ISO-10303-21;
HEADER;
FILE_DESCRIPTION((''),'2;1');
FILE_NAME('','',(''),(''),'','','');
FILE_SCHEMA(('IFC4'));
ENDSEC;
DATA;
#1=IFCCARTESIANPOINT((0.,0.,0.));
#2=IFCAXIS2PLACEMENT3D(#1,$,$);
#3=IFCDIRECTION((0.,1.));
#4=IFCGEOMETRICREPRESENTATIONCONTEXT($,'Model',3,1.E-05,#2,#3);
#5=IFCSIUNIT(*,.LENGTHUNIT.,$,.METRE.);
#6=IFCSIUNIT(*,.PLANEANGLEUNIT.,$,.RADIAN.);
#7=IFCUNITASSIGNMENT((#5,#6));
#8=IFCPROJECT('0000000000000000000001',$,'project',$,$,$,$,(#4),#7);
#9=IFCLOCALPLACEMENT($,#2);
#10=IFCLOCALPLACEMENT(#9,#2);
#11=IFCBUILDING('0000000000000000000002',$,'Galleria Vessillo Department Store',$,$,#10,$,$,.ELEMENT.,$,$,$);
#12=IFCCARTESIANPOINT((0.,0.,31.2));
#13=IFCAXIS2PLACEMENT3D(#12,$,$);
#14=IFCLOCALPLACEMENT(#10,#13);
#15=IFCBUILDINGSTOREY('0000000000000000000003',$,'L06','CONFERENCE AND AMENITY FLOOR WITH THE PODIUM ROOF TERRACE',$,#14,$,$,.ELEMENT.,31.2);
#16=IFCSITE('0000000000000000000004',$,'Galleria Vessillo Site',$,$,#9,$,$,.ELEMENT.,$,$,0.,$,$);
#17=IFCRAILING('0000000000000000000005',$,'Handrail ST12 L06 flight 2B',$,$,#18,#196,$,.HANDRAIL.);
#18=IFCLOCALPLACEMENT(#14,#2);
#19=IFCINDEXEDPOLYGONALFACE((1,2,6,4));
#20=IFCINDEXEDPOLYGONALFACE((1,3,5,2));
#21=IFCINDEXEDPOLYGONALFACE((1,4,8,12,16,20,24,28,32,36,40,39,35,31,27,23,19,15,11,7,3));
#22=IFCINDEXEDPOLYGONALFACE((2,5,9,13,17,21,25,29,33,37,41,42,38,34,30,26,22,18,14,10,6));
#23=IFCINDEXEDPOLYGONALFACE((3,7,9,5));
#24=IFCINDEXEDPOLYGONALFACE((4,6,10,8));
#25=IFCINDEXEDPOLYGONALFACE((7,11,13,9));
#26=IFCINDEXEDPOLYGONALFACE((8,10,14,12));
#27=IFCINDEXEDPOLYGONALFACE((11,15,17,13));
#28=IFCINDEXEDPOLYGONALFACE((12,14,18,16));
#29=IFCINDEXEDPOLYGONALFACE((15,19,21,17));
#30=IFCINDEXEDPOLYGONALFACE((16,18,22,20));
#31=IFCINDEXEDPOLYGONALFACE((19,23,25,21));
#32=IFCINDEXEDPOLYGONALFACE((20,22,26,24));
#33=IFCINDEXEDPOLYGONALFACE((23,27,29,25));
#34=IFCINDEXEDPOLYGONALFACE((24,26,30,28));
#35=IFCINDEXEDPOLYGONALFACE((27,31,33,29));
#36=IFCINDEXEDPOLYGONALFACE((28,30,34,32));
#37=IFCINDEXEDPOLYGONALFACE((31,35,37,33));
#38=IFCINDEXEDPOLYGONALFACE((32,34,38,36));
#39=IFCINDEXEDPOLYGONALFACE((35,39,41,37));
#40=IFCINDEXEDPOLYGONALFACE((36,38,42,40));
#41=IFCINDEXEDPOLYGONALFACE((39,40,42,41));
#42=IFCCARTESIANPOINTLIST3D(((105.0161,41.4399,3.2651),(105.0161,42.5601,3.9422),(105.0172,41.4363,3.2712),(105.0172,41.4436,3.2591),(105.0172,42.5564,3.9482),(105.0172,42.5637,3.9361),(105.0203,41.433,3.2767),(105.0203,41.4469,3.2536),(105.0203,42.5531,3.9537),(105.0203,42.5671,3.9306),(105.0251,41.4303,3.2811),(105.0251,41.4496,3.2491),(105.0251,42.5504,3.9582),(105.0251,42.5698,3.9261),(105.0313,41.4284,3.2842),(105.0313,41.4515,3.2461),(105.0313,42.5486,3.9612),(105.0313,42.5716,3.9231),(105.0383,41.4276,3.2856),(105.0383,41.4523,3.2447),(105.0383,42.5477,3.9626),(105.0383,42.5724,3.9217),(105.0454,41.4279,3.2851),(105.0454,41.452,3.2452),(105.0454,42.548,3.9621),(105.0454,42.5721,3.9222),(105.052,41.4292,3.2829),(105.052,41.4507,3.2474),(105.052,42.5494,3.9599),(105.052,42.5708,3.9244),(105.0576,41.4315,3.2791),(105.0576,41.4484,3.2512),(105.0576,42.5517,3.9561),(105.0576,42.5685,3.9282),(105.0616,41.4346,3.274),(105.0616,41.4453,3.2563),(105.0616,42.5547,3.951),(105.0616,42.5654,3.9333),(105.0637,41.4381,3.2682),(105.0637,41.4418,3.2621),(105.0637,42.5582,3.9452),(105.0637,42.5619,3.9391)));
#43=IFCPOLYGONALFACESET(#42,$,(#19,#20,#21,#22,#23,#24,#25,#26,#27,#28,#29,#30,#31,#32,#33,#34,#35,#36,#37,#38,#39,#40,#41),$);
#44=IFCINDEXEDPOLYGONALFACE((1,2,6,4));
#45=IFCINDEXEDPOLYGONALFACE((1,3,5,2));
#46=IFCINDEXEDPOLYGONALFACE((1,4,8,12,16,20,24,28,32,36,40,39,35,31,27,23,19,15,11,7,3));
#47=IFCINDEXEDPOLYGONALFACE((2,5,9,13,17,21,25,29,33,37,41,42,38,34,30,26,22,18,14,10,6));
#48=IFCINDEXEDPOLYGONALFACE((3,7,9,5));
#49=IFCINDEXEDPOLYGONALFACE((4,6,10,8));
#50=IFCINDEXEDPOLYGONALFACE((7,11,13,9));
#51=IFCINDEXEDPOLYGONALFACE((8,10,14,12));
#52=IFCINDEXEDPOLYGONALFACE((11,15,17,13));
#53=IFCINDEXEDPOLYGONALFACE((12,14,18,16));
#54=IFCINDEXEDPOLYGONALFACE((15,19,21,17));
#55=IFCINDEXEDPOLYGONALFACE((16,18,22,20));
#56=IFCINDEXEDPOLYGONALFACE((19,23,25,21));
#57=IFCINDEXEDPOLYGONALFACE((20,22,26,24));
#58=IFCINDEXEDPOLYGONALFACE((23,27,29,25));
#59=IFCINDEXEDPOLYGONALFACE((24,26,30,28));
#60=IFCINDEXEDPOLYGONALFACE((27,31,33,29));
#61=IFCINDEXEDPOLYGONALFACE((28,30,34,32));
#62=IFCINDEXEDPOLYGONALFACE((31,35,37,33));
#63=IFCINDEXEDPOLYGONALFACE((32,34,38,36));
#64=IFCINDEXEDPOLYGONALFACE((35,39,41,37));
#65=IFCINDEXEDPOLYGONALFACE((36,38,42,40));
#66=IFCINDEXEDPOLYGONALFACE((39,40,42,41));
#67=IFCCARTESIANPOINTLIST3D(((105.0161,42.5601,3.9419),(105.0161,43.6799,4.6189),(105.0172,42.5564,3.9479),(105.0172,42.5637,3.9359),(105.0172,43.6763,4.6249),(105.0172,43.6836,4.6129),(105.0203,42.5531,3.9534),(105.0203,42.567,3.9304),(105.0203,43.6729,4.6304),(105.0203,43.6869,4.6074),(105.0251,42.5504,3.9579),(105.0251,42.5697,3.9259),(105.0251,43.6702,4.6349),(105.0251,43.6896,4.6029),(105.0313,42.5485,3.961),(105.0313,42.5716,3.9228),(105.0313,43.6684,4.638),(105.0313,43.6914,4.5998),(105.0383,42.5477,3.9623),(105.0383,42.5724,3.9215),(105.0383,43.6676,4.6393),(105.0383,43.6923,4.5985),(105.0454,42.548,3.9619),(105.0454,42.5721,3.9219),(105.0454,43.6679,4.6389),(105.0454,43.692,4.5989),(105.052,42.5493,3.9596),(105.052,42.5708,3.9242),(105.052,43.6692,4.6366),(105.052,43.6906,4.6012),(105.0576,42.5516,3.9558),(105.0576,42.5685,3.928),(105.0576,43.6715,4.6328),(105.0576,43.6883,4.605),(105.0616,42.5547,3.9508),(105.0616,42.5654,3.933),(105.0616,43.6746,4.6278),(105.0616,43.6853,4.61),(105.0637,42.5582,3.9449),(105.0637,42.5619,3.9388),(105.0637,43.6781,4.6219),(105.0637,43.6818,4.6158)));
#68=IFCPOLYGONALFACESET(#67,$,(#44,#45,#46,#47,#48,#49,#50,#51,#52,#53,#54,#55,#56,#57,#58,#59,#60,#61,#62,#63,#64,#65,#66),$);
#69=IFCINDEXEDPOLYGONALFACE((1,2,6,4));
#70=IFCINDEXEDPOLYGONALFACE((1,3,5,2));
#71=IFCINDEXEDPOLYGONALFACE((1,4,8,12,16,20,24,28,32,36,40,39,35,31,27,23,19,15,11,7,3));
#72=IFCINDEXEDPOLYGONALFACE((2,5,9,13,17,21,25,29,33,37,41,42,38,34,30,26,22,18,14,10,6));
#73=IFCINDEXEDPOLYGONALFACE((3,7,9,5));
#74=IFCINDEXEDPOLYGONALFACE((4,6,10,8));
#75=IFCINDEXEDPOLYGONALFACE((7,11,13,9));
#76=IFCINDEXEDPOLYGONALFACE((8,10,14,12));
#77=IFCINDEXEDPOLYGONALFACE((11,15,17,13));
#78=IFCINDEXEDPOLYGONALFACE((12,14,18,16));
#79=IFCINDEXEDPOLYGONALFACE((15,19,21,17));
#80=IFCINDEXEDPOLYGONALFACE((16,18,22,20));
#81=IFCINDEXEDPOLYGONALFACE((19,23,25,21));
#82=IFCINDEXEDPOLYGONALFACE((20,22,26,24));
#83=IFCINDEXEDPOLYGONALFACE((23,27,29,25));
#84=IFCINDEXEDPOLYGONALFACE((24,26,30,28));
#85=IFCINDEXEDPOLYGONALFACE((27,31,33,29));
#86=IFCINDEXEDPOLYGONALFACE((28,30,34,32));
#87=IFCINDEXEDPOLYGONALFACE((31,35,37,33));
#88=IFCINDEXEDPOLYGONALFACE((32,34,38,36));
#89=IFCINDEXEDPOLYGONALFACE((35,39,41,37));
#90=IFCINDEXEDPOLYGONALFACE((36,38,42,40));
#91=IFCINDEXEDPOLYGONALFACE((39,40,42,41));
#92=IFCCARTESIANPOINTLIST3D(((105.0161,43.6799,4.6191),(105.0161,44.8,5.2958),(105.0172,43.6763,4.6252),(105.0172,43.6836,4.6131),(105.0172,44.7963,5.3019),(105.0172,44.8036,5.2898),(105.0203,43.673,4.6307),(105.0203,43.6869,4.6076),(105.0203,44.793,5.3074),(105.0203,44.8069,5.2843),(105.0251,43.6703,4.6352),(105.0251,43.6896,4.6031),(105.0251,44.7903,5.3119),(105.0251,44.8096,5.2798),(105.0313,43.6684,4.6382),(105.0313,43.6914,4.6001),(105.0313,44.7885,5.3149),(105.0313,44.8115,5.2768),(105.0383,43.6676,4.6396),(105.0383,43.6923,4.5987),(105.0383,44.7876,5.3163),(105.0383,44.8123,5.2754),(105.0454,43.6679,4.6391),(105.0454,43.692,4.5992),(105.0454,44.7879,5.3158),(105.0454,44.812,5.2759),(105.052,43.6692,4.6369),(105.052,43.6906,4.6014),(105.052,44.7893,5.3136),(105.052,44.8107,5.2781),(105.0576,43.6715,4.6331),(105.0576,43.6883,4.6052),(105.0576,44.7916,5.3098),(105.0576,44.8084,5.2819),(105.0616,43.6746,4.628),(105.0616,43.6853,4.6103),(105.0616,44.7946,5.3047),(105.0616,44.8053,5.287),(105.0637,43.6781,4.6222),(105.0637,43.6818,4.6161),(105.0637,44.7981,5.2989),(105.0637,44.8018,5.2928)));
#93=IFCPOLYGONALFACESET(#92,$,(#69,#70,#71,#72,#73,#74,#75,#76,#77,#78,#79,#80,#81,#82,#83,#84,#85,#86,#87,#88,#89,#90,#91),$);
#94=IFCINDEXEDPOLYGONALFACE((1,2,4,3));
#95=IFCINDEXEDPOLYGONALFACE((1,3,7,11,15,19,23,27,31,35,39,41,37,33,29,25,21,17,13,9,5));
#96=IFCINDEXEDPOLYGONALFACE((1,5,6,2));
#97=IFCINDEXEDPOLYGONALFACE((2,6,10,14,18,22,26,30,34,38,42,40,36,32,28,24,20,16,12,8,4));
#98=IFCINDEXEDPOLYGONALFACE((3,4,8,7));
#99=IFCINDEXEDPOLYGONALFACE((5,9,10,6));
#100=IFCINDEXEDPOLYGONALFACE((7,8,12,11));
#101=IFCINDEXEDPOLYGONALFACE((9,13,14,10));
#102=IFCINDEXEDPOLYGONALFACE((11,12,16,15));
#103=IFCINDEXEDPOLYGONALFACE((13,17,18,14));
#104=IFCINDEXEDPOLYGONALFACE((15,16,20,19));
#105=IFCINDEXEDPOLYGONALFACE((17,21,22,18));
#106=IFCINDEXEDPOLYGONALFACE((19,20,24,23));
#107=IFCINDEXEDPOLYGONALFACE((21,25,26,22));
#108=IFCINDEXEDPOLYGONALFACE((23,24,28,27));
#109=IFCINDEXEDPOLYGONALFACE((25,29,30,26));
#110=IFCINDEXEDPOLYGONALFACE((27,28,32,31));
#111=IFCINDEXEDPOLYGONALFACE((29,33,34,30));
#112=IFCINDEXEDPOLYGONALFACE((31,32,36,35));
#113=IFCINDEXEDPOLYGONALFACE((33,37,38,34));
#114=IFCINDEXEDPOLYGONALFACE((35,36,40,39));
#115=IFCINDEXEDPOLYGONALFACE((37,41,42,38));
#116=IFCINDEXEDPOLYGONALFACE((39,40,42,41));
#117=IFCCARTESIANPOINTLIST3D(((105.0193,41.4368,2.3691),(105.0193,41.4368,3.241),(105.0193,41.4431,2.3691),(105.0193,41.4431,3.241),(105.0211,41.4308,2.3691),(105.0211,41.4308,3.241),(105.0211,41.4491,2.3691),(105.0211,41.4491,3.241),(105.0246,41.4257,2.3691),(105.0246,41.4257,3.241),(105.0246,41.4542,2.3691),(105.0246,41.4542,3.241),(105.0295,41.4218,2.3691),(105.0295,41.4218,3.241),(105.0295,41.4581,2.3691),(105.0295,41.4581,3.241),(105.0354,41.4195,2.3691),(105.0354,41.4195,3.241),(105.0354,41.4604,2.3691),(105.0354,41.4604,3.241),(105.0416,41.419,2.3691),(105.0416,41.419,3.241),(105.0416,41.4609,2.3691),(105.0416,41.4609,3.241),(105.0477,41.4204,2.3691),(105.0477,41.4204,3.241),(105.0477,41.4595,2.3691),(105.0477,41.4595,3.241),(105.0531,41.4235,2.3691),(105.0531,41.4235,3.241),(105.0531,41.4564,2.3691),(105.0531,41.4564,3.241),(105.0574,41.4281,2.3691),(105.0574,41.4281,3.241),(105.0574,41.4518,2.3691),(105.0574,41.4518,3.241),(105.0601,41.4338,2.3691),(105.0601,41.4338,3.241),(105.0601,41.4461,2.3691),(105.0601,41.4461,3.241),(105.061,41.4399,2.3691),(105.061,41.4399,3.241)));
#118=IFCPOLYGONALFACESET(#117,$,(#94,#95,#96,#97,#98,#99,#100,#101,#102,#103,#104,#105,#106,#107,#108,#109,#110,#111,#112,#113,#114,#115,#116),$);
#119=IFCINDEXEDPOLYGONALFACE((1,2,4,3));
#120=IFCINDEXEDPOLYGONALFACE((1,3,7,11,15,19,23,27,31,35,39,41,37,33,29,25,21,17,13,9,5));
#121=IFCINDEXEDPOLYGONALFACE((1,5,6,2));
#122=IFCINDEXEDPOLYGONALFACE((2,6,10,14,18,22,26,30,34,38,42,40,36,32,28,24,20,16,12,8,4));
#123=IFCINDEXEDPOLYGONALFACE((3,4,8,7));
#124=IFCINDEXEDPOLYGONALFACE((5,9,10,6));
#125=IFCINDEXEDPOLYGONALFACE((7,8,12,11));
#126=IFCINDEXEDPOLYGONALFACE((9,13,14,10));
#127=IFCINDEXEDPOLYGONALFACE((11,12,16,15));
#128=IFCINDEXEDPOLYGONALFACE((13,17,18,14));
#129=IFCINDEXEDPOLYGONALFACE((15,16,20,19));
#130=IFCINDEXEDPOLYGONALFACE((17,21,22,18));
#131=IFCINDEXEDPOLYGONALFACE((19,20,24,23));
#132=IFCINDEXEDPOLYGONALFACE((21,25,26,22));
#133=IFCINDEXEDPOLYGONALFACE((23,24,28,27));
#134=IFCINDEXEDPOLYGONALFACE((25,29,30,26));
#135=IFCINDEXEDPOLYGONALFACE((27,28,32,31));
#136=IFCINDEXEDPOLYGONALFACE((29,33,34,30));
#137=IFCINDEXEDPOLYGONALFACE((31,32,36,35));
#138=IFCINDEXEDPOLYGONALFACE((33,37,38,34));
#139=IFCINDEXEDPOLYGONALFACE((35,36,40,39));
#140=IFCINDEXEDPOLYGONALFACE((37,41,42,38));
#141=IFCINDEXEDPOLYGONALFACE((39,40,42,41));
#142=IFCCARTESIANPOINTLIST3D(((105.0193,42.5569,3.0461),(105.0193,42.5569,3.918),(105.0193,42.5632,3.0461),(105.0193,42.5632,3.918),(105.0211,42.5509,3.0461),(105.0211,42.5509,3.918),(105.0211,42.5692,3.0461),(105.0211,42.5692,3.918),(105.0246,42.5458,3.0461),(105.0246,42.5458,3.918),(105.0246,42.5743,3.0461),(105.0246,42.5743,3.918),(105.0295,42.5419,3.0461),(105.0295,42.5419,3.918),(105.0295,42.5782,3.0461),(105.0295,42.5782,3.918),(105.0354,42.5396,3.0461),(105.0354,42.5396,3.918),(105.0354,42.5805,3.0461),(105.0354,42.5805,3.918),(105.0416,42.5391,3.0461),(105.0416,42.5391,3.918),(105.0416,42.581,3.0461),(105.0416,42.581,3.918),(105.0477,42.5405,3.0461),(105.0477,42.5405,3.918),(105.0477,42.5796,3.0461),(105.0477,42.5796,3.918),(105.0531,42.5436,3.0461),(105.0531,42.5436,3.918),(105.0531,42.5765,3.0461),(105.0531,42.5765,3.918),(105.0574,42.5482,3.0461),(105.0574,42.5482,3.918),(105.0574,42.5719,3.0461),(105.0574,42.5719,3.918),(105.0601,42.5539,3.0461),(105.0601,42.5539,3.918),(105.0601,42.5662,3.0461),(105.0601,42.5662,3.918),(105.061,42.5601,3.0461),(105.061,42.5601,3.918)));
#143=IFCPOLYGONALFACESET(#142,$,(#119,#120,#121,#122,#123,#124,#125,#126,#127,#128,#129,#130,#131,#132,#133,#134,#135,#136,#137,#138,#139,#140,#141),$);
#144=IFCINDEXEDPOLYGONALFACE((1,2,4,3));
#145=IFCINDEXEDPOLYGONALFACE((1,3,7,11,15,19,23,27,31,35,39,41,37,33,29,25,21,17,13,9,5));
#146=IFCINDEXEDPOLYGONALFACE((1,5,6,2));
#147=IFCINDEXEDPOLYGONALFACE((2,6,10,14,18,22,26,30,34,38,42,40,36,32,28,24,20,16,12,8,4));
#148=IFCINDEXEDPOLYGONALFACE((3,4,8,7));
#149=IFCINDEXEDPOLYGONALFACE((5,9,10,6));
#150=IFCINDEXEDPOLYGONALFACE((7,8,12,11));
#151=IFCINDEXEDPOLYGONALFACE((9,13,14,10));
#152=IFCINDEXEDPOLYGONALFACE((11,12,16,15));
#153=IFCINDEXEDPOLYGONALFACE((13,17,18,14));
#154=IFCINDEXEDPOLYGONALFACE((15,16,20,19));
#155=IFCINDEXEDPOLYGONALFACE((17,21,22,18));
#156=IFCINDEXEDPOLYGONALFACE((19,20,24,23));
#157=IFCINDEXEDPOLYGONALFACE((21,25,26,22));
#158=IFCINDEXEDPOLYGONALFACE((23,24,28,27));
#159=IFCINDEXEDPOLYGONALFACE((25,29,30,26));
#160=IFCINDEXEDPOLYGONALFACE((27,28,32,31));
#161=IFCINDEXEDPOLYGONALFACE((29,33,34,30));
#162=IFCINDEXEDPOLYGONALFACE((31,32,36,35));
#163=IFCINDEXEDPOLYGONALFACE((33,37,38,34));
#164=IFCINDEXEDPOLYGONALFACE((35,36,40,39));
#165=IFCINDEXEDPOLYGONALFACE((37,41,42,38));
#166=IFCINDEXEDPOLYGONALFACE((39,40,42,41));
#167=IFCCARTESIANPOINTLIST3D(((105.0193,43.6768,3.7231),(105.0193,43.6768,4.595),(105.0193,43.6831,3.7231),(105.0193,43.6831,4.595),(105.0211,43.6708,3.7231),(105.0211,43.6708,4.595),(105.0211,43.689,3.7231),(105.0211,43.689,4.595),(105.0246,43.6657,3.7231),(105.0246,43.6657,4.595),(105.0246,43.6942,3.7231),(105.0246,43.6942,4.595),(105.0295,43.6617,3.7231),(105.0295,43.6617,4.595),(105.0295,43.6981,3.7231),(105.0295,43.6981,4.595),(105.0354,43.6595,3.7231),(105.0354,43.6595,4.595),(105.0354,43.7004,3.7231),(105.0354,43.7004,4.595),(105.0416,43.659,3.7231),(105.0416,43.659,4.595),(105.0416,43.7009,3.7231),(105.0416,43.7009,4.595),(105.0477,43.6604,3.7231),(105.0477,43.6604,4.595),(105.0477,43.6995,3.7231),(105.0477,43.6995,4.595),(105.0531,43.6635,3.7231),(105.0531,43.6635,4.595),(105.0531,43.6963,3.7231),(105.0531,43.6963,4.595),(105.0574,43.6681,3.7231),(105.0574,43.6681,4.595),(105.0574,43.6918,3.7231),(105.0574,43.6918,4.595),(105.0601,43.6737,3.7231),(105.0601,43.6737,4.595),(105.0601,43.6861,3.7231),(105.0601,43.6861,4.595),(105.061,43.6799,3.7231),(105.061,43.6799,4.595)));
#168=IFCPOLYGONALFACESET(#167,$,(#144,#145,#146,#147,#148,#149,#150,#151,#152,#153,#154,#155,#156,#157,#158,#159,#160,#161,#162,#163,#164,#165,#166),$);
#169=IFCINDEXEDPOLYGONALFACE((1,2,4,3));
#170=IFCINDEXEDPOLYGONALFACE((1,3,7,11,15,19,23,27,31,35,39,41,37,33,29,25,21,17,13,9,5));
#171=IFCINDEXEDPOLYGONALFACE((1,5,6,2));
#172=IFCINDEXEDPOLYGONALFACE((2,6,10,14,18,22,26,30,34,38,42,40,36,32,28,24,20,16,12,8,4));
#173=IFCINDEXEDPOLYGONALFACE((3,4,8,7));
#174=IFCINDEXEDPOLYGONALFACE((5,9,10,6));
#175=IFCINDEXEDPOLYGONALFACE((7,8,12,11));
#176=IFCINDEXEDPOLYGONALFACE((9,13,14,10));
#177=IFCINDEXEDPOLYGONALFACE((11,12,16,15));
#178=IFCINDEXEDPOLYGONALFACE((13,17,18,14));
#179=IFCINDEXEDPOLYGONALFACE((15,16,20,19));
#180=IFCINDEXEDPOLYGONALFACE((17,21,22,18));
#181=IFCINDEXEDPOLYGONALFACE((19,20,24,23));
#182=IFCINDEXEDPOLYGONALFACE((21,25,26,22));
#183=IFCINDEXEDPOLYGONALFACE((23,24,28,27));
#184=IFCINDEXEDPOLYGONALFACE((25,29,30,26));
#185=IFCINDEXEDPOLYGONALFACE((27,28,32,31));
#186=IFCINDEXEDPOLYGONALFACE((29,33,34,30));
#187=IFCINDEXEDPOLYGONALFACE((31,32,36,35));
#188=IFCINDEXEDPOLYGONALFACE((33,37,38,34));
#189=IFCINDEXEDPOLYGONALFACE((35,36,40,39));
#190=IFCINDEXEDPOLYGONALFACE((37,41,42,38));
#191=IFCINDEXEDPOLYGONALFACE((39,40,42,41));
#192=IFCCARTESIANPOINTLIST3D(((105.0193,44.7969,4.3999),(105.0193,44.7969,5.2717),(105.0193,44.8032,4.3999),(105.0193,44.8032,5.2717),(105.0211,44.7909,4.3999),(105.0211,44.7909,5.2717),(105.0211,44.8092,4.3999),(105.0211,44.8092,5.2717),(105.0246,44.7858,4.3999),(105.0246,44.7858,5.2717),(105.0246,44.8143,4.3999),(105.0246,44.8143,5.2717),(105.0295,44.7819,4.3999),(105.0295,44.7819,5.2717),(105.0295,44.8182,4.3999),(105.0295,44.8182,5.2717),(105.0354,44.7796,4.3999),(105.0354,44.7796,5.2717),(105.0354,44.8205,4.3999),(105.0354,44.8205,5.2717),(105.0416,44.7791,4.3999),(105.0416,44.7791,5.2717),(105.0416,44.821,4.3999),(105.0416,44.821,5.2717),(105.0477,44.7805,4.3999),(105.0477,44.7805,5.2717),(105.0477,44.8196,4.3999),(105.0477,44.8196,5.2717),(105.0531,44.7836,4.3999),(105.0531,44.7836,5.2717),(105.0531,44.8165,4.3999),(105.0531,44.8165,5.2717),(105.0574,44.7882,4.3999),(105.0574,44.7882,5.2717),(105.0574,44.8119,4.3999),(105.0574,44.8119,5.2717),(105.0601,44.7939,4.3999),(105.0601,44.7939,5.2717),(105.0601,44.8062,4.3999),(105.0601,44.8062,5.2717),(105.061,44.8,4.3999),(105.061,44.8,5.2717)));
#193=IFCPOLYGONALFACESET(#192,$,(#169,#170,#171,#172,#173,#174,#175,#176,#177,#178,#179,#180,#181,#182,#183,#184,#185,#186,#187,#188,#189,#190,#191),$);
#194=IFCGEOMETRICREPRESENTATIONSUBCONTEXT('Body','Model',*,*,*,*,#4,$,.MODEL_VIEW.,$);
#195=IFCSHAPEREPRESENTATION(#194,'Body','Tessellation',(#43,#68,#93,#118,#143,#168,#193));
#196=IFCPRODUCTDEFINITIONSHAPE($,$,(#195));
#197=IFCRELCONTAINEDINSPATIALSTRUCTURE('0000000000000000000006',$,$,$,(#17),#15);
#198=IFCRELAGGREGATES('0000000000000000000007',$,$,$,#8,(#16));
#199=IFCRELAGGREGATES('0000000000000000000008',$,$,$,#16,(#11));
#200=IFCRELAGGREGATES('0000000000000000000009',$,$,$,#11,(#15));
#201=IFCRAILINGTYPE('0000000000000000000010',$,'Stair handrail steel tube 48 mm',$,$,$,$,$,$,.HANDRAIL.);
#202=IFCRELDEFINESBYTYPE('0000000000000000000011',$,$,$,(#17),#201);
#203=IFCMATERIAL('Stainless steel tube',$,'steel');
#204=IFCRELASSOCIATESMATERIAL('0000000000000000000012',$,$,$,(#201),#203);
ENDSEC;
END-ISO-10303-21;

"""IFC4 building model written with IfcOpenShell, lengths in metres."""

from ifc_helpers import new_model, si_unit, direction, frame, origin, origin_2d, place, context, subcontext, project, spatial, circle, extrude, material, type_object, element, save


model = new_model("IFC4")

# Units and contexts
model_context = context("Model", 3, precision=1e-05, world=origin(), true_north=direction((0.0, 1.0)))
body_context = subcontext(model_context, "Body", "Model", "MODEL_VIEW")
ifc_project = project(units=[si_unit("LENGTHUNIT", "METRE"), si_unit("PLANEANGLEUNIT", "RADIAN")], contexts=[model_context])

# Site, building, storey
site_placement = place(None, origin())
site = spatial("IfcSite", under=ifc_project, at=site_placement, Name="Galleria Vessillo Site", CompositionType="ELEMENT", RefElevation=0.0)
building_placement = place(site_placement, origin())
building = spatial("IfcBuilding", under=site, at=building_placement, Name="Galleria Vessillo Department Store", CompositionType="ELEMENT")
storey_placement = place(building_placement, frame((0.0, 0.0, 31.2)))
storey = spatial("IfcBuildingStorey", under=building, at=storey_placement, Name="L06", Description="CONFERENCE AND AMENITY FLOOR WITH THE PODIUM ROOF TERRACE", CompositionType="ELEMENT", Elevation=31.2)

# Railing
ifc_material_1 = material(Name="Stainless steel tube", Category="steel")
railing_type = type_object("IfcRailingType", Name="Stair handrail steel tube 48 mm", PredefinedType="HANDRAIL", material=ifc_material_1)
railing_placement = place(storey_placement, frame((105.04, 41.4399, 2.3691)))
element("IfcRailing", 1, at=railing_placement, inside=storey, type_object=railing_type, Name="Handrail ST12 L06 flight 2B", PredefinedType="HANDRAIL", context=body_context, shape_type="SweptSolid", body=[
    extrude(circle(Radius=0.0239, at=origin_2d()), frame((0.0, 0.0, 0.896), z_axis=(0.0, 0.855826, 0.517264), x_axis=(-1.0, 0.0, 0.0)), (0.0, 0.0, 1.0), 1.3088),
    extrude(circle(Radius=0.0239, at=origin_2d()), frame((0.0, 1.1201, 1.5728), z_axis=(0.0, 0.855776, 0.517346), x_axis=(-1.0, 0.0, 0.0)), (0.0, 0.0, 1.0), 1.3086),
    extrude(circle(Radius=0.0239, at=origin_2d()), frame((0.0, 2.24, 2.25), z_axis=(0.0, 0.855909, 0.517127), x_axis=(-1.0, 0.0, 0.0)), (0.0, 0.0, 1.0), 1.3086),
    extrude(circle(Radius=0.021, at=origin_2d()), origin(), (0.0, 0.0, 1.0), 0.8718),
    extrude(circle(Radius=0.021, at=origin_2d()), frame((0.0, 1.1201, 0.677)), (0.0, 0.0, 1.0), 0.8718),
    extrude(circle(Radius=0.021, at=origin_2d()), frame((0.0, 2.24, 1.354)), (0.0, 0.0, 1.0), 0.8718),
    extrude(circle(Radius=0.021, at=origin_2d()), frame((0.0, 3.3601, 2.0308)), (0.0, 0.0, 1.0), 0.8718),
])

save(model, "model.ifc")
